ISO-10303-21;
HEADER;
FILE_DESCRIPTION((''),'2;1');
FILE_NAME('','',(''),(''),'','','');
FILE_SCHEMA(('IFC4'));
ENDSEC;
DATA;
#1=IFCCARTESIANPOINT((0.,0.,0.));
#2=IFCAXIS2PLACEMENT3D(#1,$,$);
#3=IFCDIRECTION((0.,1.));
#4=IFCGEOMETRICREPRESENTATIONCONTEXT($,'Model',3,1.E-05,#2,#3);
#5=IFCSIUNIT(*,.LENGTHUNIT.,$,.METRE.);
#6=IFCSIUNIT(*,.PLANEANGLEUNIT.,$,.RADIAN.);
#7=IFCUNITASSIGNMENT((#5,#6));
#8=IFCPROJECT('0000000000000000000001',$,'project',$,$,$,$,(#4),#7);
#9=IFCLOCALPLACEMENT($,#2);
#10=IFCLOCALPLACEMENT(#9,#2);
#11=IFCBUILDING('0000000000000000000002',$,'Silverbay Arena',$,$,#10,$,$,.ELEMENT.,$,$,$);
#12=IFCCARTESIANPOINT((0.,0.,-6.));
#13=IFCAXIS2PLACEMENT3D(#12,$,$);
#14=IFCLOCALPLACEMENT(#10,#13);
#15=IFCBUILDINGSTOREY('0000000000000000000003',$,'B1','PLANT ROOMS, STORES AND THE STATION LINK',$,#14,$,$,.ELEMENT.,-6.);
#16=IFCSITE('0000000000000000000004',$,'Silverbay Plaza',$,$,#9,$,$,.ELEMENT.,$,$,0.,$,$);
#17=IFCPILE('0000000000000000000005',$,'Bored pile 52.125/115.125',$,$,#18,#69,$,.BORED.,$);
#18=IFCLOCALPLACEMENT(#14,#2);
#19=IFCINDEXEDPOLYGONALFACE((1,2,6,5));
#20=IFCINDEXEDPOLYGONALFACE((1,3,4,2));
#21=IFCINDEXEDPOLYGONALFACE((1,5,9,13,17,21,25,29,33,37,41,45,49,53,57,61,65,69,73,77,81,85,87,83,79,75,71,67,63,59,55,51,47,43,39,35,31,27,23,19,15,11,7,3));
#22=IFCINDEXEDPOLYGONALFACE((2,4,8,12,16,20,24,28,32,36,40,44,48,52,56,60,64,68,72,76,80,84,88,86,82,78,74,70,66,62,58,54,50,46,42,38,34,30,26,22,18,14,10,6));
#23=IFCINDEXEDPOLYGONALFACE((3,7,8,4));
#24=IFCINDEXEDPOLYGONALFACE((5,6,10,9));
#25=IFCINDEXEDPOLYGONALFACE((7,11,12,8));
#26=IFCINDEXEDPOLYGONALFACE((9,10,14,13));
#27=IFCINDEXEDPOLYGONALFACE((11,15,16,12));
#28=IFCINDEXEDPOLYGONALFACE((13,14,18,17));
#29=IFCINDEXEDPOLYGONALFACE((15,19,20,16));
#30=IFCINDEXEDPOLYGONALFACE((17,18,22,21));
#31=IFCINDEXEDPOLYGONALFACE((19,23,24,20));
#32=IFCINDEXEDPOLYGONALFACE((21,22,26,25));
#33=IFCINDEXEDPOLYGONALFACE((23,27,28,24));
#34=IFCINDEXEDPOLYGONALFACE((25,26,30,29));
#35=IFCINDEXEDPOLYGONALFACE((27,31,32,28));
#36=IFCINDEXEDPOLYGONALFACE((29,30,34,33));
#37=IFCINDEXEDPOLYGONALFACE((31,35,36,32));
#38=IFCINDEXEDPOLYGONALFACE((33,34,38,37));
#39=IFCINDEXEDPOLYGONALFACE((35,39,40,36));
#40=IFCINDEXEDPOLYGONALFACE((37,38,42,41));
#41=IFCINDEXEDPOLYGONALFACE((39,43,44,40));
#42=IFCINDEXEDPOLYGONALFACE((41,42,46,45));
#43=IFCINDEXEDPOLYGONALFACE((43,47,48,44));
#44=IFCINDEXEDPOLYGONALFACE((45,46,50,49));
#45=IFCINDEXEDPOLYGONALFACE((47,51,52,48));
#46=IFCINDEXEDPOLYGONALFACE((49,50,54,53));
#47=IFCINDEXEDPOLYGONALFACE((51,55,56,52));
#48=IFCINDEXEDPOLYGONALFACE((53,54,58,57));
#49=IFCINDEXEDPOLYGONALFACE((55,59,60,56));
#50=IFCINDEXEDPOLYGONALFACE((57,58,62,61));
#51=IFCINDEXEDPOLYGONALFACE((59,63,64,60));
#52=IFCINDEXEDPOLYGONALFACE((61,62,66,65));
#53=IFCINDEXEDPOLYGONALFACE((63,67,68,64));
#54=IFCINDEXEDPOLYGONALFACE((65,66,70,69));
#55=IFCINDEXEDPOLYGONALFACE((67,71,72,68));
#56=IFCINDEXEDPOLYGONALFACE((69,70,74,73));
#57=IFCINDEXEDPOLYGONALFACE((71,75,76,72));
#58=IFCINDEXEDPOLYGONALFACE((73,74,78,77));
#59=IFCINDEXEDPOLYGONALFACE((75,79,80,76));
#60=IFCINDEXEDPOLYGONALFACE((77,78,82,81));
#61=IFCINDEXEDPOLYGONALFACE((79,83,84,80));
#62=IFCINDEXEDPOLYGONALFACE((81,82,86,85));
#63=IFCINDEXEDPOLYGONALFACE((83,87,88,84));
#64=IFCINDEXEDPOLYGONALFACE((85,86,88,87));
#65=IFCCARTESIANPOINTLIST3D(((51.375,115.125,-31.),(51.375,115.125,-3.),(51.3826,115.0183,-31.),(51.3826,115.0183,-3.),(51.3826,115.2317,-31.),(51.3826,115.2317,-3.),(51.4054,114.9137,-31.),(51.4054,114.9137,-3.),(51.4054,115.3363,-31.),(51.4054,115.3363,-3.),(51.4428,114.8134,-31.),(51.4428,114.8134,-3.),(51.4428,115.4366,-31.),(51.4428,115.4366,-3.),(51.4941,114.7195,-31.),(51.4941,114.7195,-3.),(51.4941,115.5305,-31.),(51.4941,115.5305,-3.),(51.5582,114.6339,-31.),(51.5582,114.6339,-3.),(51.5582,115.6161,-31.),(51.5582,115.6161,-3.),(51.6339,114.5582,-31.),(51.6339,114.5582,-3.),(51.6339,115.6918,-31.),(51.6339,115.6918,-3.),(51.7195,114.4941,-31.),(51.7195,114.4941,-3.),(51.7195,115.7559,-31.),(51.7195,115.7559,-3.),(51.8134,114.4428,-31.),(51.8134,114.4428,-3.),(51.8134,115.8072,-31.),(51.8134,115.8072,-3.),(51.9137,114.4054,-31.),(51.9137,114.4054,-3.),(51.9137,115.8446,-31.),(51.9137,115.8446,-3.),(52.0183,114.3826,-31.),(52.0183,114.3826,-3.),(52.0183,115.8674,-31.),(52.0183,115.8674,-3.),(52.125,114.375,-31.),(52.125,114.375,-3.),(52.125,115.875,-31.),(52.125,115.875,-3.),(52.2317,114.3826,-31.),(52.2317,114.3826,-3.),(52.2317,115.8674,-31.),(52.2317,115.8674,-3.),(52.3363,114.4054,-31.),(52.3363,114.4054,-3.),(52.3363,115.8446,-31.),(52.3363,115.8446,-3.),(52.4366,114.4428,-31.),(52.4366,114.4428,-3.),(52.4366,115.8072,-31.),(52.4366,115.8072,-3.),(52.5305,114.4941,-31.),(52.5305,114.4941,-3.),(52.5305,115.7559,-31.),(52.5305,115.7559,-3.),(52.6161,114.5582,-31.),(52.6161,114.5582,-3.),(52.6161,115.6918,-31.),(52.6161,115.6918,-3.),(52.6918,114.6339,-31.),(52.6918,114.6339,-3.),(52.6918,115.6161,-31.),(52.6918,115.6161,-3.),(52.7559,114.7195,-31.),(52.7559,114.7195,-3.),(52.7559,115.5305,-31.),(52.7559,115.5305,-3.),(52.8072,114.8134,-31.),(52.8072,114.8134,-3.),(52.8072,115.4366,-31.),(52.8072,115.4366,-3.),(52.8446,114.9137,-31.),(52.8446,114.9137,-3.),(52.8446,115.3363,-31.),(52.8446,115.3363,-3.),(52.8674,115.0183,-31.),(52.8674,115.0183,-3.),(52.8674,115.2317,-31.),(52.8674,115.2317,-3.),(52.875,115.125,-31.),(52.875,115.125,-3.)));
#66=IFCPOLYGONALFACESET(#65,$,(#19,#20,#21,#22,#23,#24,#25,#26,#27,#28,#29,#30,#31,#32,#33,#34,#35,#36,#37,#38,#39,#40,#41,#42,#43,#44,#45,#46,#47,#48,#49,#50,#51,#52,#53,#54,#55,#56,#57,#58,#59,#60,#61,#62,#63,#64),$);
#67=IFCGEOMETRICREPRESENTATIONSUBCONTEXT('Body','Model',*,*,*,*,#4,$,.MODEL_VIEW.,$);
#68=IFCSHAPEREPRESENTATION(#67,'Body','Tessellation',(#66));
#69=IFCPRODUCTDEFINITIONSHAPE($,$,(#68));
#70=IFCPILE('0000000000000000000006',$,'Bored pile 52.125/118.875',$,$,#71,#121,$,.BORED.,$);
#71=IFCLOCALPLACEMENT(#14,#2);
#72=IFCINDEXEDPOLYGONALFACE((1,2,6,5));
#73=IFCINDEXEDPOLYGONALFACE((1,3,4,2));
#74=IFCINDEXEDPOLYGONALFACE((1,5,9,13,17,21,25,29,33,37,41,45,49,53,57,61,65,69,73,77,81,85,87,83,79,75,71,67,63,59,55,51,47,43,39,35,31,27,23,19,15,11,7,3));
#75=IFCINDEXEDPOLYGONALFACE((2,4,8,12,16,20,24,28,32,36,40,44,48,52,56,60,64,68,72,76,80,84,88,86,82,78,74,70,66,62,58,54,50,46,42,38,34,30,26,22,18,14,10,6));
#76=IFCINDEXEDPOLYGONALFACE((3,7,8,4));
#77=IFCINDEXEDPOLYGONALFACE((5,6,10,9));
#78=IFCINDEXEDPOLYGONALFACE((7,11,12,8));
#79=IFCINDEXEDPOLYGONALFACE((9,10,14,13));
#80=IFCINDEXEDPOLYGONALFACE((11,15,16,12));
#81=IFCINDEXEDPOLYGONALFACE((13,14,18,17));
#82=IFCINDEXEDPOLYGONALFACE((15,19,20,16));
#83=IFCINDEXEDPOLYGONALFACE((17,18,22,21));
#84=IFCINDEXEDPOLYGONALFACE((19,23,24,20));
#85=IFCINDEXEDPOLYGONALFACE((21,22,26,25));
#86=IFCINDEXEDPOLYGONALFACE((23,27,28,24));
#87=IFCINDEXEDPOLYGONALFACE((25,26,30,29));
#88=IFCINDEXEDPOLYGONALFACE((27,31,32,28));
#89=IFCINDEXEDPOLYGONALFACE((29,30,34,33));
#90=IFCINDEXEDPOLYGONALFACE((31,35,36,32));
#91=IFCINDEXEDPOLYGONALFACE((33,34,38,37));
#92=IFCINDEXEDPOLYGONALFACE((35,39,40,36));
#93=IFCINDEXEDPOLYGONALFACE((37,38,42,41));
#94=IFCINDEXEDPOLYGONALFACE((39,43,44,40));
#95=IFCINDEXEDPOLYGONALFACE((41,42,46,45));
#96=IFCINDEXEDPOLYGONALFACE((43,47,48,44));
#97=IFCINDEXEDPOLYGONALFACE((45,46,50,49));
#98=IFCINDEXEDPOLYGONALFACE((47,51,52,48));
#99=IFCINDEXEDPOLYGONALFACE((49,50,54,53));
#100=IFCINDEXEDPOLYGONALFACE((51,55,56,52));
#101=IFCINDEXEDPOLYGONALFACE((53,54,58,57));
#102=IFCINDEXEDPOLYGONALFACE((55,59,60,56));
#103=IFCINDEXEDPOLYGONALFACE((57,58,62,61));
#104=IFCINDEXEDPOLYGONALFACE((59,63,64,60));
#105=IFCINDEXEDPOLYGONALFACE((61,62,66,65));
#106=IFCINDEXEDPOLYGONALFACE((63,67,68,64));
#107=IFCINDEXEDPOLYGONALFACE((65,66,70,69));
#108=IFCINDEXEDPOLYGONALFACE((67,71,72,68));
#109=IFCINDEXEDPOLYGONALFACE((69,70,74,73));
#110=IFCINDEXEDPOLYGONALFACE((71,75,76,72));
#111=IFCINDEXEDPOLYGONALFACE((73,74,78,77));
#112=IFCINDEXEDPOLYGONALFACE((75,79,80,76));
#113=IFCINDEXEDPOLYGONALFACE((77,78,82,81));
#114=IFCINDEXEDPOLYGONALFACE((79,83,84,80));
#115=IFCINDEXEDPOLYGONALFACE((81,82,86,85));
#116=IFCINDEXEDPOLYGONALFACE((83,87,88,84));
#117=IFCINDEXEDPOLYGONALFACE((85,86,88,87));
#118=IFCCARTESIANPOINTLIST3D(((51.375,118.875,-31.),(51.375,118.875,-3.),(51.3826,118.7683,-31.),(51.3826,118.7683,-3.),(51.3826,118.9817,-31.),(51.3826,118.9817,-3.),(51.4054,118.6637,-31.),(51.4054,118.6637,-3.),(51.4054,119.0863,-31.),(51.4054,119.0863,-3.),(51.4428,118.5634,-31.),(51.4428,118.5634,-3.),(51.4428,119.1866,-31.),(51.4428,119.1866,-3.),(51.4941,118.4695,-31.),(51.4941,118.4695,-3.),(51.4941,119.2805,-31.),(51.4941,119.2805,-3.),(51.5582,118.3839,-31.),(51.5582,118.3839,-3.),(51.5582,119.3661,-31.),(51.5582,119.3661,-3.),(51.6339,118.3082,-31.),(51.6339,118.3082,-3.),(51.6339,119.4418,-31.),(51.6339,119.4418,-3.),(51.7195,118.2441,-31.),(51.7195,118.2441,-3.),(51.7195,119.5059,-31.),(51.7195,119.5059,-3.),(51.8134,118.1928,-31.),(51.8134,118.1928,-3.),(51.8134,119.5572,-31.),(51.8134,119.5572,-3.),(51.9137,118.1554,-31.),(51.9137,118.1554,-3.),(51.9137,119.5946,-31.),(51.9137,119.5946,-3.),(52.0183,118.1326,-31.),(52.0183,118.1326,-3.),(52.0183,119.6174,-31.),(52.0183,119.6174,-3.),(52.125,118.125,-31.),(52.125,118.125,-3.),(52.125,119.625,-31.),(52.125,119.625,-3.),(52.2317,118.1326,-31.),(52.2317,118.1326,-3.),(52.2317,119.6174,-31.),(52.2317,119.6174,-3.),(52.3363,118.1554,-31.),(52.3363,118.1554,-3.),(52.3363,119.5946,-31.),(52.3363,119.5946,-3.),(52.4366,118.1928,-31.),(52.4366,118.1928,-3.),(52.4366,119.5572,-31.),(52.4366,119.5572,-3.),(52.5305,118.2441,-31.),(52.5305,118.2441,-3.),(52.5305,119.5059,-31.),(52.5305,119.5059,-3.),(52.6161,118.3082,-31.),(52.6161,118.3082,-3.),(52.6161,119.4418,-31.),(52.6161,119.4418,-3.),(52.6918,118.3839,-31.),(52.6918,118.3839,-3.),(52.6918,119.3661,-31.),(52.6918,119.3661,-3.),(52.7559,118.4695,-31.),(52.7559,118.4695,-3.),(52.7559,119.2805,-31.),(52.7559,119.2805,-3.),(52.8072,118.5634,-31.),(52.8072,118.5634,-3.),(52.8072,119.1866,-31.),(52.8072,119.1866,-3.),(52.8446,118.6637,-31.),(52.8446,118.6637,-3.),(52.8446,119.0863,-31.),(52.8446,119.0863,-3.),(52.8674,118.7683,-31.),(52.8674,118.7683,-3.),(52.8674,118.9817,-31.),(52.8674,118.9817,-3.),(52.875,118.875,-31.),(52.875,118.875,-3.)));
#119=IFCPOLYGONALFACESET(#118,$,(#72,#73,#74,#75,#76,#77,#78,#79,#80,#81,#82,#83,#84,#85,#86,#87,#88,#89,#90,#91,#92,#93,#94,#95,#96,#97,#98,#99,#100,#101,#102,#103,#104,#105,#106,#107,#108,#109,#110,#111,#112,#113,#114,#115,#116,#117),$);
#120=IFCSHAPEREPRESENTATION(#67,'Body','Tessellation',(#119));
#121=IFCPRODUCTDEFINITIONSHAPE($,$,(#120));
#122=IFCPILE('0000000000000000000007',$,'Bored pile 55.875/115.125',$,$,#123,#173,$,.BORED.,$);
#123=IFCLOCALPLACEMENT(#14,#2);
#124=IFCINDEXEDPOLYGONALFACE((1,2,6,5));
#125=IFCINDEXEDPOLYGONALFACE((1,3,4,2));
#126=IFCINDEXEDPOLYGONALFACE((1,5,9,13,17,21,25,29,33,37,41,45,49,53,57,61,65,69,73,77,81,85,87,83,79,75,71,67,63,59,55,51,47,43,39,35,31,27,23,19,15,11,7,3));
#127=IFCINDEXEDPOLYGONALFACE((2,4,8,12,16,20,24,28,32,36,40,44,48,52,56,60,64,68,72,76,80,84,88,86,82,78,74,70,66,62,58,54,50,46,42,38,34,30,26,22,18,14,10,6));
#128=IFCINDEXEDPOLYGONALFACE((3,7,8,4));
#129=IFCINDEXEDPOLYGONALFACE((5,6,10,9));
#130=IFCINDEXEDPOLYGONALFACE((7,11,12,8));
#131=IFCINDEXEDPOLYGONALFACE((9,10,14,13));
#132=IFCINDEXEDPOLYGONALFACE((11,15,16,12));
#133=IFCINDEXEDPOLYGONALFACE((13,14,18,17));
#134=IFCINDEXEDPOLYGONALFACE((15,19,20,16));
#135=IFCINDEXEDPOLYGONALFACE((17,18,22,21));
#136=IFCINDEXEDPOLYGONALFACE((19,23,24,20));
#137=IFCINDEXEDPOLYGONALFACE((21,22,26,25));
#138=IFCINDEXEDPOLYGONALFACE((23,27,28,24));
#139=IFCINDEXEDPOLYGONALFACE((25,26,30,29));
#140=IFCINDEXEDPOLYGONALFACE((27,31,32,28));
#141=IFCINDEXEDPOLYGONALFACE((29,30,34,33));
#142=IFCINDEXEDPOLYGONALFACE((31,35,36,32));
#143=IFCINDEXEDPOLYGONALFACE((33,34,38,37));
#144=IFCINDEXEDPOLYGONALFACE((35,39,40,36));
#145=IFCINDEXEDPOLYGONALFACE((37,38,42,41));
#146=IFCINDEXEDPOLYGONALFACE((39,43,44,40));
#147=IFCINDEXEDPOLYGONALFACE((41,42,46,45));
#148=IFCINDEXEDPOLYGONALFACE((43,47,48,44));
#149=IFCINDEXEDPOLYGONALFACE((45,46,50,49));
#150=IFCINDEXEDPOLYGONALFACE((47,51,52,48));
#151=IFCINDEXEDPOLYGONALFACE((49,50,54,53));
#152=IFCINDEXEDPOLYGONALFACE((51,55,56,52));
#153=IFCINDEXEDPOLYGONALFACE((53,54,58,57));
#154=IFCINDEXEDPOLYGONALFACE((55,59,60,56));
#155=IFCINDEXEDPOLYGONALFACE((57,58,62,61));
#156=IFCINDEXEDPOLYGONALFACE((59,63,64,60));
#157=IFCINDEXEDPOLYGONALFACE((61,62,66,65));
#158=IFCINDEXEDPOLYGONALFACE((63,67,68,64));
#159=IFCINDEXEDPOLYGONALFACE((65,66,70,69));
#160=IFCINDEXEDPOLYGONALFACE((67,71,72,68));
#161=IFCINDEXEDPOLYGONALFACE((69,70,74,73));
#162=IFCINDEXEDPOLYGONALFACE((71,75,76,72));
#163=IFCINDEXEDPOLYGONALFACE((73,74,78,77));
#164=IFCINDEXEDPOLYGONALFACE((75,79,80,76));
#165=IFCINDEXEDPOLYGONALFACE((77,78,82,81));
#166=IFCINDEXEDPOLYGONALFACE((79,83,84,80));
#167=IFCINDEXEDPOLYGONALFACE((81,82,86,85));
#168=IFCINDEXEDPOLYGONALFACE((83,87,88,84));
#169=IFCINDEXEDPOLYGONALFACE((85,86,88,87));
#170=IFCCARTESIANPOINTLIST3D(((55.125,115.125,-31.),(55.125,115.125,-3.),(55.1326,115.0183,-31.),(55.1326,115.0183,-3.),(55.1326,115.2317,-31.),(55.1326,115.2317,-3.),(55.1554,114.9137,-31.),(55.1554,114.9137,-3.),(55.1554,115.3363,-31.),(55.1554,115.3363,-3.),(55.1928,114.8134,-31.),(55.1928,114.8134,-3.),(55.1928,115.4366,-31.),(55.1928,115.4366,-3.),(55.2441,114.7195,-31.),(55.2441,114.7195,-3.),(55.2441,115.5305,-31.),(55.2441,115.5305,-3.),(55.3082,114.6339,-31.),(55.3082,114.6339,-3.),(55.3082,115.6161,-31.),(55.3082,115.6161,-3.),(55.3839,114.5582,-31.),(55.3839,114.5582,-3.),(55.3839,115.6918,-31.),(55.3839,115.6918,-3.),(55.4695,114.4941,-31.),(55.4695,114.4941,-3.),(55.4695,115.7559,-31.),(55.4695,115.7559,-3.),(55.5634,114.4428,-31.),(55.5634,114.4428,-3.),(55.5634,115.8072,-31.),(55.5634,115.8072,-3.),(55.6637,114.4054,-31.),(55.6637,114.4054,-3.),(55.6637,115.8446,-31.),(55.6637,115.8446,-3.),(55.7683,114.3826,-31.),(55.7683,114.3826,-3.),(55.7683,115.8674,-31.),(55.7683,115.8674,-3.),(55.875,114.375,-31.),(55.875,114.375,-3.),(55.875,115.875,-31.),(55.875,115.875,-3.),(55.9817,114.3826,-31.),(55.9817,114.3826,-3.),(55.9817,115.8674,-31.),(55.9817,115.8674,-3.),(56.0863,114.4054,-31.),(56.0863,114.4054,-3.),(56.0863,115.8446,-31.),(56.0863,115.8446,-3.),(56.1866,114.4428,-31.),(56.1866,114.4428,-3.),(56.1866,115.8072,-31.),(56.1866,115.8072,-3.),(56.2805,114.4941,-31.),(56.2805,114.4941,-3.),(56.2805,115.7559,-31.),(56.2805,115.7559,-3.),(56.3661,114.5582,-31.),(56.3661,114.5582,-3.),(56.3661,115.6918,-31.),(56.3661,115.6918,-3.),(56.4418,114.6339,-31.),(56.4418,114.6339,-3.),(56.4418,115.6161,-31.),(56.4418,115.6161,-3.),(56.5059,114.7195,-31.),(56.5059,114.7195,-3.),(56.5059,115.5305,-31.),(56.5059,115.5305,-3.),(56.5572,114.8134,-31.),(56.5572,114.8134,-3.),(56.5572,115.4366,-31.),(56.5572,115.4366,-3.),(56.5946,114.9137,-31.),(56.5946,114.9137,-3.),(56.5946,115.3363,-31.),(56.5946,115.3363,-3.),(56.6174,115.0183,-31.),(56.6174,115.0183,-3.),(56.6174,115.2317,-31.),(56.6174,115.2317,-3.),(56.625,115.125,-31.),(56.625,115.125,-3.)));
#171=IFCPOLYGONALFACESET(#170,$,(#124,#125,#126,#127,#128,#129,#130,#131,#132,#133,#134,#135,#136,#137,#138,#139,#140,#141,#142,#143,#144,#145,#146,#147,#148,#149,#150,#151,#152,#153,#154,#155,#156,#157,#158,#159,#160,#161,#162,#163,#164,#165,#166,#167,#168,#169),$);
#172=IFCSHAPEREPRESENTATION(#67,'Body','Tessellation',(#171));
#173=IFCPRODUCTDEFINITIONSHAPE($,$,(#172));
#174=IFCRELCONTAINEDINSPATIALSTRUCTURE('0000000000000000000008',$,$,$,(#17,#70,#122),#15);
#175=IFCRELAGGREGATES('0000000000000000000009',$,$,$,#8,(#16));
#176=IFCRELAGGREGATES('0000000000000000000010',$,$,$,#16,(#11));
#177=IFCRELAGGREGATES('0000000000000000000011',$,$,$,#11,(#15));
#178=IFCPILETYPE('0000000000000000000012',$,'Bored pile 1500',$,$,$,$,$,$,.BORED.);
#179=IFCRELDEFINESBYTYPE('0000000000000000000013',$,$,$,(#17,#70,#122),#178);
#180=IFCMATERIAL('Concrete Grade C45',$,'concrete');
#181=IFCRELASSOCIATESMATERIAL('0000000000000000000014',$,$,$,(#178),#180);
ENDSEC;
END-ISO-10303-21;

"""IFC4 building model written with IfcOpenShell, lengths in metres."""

from ifc_helpers import new_model, si_unit, direction, frame, origin, origin_2d, place, context, subcontext, project, spatial, circle, extrude, material, material_profile, profile_set, type_object, element, save


model = new_model("IFC4")

# Units and contexts
model_context = context("Model", 3, precision=1e-05, world=origin(), true_north=direction((0.0, 1.0)))
body_context = subcontext(model_context, "Body", "Model", "MODEL_VIEW")
ifc_project = project(units=[si_unit("LENGTHUNIT", "METRE"), si_unit("PLANEANGLEUNIT", "RADIAN")], contexts=[model_context])

# Site, building, storey
site_placement = place(None, origin())
site = spatial("IfcSite", under=ifc_project, at=site_placement, Name="Silverbay Plaza", CompositionType="ELEMENT", RefElevation=0.0)
building_placement = place(site_placement, origin())
building = spatial("IfcBuilding", under=site, at=building_placement, Name="Silverbay Arena", CompositionType="ELEMENT")
storey_placement = place(building_placement, frame((0.0, 0.0, -6.0)))
storey = spatial("IfcBuildingStorey", under=building, at=storey_placement, Name="B1", Description="PLANT ROOMS, STORES AND THE STATION LINK", CompositionType="ELEMENT", Elevation=-6.0)

# Piles
ifc_material_1 = material(Name="Concrete Grade C45", Category="concrete")
ifc_material_profile_1 = material_profile(ifc_material_1, circle(Radius=0.75, at=origin_2d()), Name="Bored pile 1500")
ifc_profile_set_1 = profile_set([ifc_material_profile_1], Name="Concrete Grade C45")
pile_type_1 = type_object("IfcPileType", Name="Bored pile 1500", PredefinedType="BORED", material=ifc_profile_set_1)
for number, where, z_axis, x_axis, name in (
    (1, (52.125, 115.125, -3.0), (0.0, 0.0, -1.0), (1.0, 0.0, 0.0), "Bored pile 52.125/115.125"),
    (2, (52.125, 118.875, -3.0), (0.0, 0.0, -1.0), (1.0, 0.0, 0.0), "Bored pile 52.125/118.875"),
    (3, (55.875, 115.125, -3.0), (0.0, 0.0, -1.0), (1.0, 0.0, 0.0), "Bored pile 55.875/115.125"),
):
    element("IfcPile", number, at=place(storey_placement, frame(where, z_axis=z_axis, x_axis=x_axis)), inside=storey, type_object=pile_type_1, Name=name, PredefinedType="BORED", context=body_context, shape_type="SweptSolid", body=[
        extrude(circle(Radius=0.75, at=origin_2d()), origin(), (0.0, 0.0, 1.0), 28.0),
    ])

save(model, "model.ifc")
